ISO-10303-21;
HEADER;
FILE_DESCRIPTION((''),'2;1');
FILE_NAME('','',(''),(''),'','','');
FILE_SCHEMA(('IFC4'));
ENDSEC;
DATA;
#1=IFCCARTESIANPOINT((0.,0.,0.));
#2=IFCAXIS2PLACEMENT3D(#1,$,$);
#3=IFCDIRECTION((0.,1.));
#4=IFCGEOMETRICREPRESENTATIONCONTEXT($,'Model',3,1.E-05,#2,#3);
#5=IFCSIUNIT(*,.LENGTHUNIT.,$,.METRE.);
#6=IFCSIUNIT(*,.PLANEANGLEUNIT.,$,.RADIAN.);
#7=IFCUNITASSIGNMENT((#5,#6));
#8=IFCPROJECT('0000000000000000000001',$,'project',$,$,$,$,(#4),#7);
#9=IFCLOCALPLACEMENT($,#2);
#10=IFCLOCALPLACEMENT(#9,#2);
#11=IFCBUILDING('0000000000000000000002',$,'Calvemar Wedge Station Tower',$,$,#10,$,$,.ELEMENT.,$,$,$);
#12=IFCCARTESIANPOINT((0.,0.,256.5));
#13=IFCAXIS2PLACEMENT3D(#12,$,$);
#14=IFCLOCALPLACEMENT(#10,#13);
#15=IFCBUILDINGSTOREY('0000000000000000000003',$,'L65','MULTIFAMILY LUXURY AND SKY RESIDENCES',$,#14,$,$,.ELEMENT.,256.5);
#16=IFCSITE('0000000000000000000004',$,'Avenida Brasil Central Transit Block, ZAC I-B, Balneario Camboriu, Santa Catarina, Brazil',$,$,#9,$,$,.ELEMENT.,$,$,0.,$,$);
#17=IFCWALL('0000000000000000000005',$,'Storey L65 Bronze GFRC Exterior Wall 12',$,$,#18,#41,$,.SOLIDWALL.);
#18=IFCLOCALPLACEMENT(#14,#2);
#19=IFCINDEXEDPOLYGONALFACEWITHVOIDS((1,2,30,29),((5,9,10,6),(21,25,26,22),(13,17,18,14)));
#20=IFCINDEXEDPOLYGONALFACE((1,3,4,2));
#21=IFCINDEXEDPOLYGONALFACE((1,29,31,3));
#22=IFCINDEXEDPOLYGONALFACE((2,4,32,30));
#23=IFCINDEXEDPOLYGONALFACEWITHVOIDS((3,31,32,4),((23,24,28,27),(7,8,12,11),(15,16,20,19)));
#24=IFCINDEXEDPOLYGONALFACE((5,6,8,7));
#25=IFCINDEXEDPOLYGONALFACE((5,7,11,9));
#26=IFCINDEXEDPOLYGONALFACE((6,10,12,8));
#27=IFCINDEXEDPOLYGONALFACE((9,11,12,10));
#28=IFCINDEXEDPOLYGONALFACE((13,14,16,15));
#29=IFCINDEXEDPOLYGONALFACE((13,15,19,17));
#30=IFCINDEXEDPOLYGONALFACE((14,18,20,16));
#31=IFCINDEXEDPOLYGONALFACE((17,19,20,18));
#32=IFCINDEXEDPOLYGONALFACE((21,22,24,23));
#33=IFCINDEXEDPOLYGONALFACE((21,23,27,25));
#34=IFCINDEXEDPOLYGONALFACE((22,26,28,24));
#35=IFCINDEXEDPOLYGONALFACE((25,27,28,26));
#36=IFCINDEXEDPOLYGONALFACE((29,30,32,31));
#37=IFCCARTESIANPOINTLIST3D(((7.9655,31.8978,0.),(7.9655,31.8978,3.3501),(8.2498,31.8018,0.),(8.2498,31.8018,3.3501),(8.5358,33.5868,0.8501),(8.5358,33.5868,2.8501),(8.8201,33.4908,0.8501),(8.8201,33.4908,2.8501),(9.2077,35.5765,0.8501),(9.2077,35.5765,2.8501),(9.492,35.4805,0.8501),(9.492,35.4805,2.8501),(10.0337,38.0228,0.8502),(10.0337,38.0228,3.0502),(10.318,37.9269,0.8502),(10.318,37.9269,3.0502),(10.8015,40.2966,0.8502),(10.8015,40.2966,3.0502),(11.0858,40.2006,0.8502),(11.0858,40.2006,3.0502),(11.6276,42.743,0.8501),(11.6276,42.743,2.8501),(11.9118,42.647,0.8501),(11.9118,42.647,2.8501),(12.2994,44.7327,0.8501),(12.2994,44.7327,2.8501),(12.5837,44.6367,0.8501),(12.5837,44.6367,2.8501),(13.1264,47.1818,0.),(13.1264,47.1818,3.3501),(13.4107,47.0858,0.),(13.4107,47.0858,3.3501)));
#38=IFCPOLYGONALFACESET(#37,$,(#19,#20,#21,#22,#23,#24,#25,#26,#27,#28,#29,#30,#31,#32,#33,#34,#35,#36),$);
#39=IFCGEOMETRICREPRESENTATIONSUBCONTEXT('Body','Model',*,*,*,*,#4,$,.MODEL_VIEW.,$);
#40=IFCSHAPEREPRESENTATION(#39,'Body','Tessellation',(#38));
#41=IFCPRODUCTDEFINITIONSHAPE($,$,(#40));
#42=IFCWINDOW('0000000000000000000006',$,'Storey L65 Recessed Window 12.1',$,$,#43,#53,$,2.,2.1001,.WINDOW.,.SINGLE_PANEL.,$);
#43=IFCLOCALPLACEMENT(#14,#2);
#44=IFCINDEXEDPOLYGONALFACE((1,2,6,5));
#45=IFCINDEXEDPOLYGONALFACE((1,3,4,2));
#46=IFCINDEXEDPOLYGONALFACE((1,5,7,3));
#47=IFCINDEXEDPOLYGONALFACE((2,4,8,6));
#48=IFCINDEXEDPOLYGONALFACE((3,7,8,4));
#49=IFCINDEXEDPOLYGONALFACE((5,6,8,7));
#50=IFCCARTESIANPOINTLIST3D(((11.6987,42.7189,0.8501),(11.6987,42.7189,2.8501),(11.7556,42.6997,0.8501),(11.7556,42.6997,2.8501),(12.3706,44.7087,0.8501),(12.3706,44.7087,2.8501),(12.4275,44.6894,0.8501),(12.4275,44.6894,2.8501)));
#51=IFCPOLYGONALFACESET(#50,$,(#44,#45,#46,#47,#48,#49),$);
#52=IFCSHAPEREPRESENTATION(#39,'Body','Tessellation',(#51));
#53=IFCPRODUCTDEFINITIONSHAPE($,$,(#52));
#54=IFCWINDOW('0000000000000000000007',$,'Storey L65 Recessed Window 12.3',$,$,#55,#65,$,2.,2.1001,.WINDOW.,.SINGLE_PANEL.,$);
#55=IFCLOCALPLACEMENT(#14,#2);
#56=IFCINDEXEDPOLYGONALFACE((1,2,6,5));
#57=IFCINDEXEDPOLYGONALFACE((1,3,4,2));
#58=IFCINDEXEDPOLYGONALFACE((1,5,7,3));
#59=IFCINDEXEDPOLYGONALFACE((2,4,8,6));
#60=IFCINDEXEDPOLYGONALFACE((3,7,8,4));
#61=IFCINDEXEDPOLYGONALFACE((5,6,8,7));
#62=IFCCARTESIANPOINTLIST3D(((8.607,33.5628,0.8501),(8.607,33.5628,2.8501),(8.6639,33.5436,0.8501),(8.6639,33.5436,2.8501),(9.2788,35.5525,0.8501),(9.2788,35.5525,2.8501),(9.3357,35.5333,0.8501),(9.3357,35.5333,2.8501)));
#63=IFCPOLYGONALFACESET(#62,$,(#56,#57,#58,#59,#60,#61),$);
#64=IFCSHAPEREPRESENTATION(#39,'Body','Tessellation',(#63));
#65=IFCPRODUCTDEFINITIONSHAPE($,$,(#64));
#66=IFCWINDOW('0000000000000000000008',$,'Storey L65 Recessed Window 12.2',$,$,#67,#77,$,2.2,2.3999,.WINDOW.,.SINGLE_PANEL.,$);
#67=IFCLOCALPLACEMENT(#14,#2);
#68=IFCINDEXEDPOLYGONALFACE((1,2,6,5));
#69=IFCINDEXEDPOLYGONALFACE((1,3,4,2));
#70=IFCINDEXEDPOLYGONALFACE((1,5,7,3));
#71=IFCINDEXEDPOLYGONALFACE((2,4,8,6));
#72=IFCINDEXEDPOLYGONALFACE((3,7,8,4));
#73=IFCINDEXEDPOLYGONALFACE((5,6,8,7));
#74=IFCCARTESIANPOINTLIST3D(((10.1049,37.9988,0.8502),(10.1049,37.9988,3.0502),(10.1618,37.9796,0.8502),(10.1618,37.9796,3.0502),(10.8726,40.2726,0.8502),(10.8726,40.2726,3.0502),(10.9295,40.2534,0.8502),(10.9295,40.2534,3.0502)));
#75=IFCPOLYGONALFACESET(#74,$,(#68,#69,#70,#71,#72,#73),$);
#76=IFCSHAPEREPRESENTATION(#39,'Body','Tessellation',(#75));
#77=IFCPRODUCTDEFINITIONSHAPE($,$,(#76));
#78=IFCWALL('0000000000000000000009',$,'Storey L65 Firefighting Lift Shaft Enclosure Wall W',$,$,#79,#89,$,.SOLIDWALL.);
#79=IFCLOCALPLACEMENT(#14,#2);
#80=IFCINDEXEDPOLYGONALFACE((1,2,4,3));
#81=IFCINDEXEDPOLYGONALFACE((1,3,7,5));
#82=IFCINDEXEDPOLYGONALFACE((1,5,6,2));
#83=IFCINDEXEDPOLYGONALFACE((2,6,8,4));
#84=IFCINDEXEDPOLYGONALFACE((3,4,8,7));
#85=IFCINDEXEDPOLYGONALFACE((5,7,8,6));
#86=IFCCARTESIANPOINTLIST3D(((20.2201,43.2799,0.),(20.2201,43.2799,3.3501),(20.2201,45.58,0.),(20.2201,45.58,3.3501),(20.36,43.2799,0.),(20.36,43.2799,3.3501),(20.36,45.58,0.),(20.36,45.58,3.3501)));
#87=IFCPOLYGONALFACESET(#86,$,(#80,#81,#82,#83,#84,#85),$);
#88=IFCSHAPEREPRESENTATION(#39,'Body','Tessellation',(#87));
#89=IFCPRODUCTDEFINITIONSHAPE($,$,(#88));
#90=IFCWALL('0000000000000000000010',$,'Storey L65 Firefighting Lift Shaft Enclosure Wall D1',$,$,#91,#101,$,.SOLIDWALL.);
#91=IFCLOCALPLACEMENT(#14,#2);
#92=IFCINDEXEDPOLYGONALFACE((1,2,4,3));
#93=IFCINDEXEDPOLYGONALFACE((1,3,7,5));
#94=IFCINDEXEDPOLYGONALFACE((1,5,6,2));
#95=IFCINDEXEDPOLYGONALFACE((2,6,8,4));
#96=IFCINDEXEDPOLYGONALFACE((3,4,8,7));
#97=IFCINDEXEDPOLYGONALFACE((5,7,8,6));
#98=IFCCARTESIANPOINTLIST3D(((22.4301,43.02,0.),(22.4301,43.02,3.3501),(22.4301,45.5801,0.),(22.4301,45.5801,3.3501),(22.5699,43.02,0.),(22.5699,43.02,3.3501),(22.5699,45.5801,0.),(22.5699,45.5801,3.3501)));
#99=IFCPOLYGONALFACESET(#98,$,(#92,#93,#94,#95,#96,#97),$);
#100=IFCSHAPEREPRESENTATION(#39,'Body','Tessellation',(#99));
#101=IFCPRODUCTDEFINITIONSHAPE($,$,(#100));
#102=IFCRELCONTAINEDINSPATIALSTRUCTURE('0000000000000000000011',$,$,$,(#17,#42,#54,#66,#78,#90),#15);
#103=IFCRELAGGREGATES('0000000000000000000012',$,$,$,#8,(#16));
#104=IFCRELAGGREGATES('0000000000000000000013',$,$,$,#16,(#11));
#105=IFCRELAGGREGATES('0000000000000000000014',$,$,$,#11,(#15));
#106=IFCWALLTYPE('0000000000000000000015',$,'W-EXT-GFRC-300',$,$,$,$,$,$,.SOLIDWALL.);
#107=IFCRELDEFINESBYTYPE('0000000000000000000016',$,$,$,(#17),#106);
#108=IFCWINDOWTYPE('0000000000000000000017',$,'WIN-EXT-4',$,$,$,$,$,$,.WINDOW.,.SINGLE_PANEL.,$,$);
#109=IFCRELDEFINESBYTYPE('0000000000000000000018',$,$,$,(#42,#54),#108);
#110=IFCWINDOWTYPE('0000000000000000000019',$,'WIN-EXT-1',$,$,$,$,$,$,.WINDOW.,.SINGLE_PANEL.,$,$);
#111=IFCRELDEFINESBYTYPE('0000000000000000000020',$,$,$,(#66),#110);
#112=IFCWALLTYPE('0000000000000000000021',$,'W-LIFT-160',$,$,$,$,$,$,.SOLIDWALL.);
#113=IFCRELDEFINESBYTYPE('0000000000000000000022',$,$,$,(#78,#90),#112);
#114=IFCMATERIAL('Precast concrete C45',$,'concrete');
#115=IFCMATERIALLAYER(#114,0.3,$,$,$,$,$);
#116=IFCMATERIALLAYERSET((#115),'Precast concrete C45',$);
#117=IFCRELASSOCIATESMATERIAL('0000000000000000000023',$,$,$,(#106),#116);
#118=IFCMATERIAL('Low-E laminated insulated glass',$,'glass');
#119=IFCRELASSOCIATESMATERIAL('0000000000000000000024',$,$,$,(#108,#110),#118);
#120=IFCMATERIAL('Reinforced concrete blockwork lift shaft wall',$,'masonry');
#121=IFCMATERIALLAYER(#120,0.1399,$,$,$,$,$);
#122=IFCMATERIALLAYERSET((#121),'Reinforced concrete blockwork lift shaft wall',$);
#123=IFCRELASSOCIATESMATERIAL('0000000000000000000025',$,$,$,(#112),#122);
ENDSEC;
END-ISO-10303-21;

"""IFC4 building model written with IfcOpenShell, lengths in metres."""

from ifc_helpers import new_model, si_unit, direction, frame, frame_2d, origin, place, context, subcontext, project, spatial, rectangle, extrude, source, transform, mapped, material, layer, layer_set, type_object, element, fill, save


model = new_model("IFC4")

# Units and contexts
model_context = context("Model", 3, precision=1e-05, world=origin(), true_north=direction((0.0, 1.0)))
body_context = subcontext(model_context, "Body", "Model", "MODEL_VIEW")
ifc_project = project(units=[si_unit("LENGTHUNIT", "METRE"), si_unit("PLANEANGLEUNIT", "RADIAN")], contexts=[model_context])

# Site, building, storey
site_placement = place(None, origin())
site = spatial("IfcSite", under=ifc_project, at=site_placement, Name="Avenida Brasil Central Transit Block, ZAC I-B, Balneario Camboriu, Santa Catarina, Brazil", CompositionType="ELEMENT", RefElevation=0.0)
building_placement = place(site_placement, origin())
building = spatial("IfcBuilding", under=site, at=building_placement, Name="Calvemar Wedge Station Tower", CompositionType="ELEMENT")
storey_placement = place(building_placement, frame((0.0, 0.0, 256.5)))
storey = spatial("IfcBuildingStorey", under=building, at=storey_placement, Name="L65", Description="MULTIFAMILY LUXURY AND SKY RESIDENCES", CompositionType="ELEMENT", Elevation=256.5)

# Shared definitions
ifc_material_1 = material(Name="Precast concrete C45", Category="concrete")
ifc_layer_1 = layer(ifc_material_1, 0.3)
ifc_layer_set_1 = layer_set([ifc_layer_1], Name="Precast concrete C45")
wall_type_1 = type_object("IfcWallType", Name="W-EXT-GFRC-300", PredefinedType="SOLIDWALL", material=ifc_layer_set_1)

# Wall, openings, windows
shared_shape_1 = source(origin(), body_context, "Body", "SweptSolid", [
    extrude(rectangle(XDim=2.3999, YDim=2.2, at=frame_2d((1.2, 1.1001))), frame((0.0, 0.1602, 0.0), z_axis=(0.0, -1.0, 0.0), x_axis=(1.0, 0.0, 0.0)), (0.0, 0.0, 1.0), 0.3201),
])
shared_shape_2 = source(origin(), body_context, "Body", "SweptSolid", [
    extrude(rectangle(XDim=2.1001, YDim=2.0, at=frame_2d((1.05, 1.0))), frame((0.0, 0.1602, 0.0), z_axis=(0.0, -1.0, 0.0), x_axis=(1.0, 0.0, 0.0)), (0.0, 0.0, 1.0), 0.3201),
])
ifc_material_2 = material(Name="Low-E laminated insulated glass", Category="glass")
window_type_1 = type_object("IfcWindowType", Name="WIN-EXT-4", PartitioningType="SINGLE_PANEL", PredefinedType="WINDOW", material=ifc_material_2)
shared_shape_3 = source(origin(), body_context, "Body", "SweptSolid", [
    extrude(rectangle(XDim=2.1001, YDim=2.0, at=frame_2d((1.05, 1.0))), frame((0.0, -0.0149, 0.0), z_axis=(0.0, -1.0, 0.0), x_axis=(1.0, 0.0, 0.0)), (0.0, 0.0, 1.0), 0.0601),
])
window_type_2 = type_object("IfcWindowType", Name="WIN-EXT-1", PartitioningType="SINGLE_PANEL", PredefinedType="WINDOW", material=ifc_material_2)
shared_shape_4 = source(origin(), body_context, "Body", "SweptSolid", [
    extrude(rectangle(XDim=2.3999, YDim=2.2, at=frame_2d((1.2, 1.1001))), frame((0.0, -0.0149, 0.0), z_axis=(0.0, -1.0, 0.0), x_axis=(1.0, 0.0, 0.0)), (0.0, 0.0, 1.0), 0.0601),
])
wall_1_placement = place(storey_placement, frame((13.2686, 47.1338, 0.0), z_axis=(0.0, 0.0, 1.0), x_axis=(-0.319921, -0.947444, 0.0)))
wall_1 = element("IfcWall", 1, at=wall_1_placement, inside=storey, type_object=wall_type_1, Name="Storey L65 Bronze GFRC Exterior Wall 12", PredefinedType="SOLIDWALL", context=body_context, shape_type="SweptSolid", body=[
    extrude(rectangle(XDim=16.1318, YDim=0.3, at=frame_2d((8.0659, 0.0))), origin(), (0.0, 0.0, 1.0), 3.3501),
])
opening_1_placement = place(wall_1_placement, frame((2.585, 0.0, 0.8501)))
opening_1 = element("IfcOpeningElement", 2, at=opening_1_placement, cuts=wall_1, PredefinedType="OPENING", context=body_context, shape_type="MappedRepresentation", body=[
    mapped(shared_shape_2, transform((0.0, 0.0, 0.0), scale=1.0)),
])
opening_2_placement = place(wall_1_placement, frame((7.2671, 0.0, 0.8501)))
opening_2 = element("IfcOpeningElement", 3, at=opening_2_placement, cuts=wall_1, PredefinedType="OPENING", context=body_context, shape_type="MappedRepresentation", body=[
    mapped(shared_shape_1, transform((0.0, 0.0, 0.0), scale=1.0)),
])
opening_3_placement = place(wall_1_placement, frame((12.249, 0.0, 0.8501)))
opening_3 = element("IfcOpeningElement", 4, at=opening_3_placement, cuts=wall_1, PredefinedType="OPENING", context=body_context, shape_type="MappedRepresentation", body=[
    mapped(shared_shape_2, transform((0.0, 0.0, 0.0), scale=1.0)),
])
window_1_placement = place(opening_1_placement, origin())
window_1 = element("IfcWindow", 5, at=window_1_placement, inside=storey, type_object=window_type_1, Name="Storey L65 Recessed Window 12.1", OverallHeight=2.0, OverallWidth=2.1001, PartitioningType="SINGLE_PANEL", PredefinedType="WINDOW", context=body_context, shape_type="MappedRepresentation", body=[
    mapped(shared_shape_3, transform((0.0, 0.0, 0.0), scale=1.0)),
])
fill(opening_1, window_1)
window_2_placement = place(opening_3_placement, origin())
window_2 = element("IfcWindow", 6, at=window_2_placement, inside=storey, type_object=window_type_1, Name="Storey L65 Recessed Window 12.3", OverallHeight=2.0, OverallWidth=2.1001, PartitioningType="SINGLE_PANEL", PredefinedType="WINDOW", context=body_context, shape_type="MappedRepresentation", body=[
    mapped(shared_shape_3, transform((0.0, 0.0, 0.0), scale=1.0)),
])
fill(opening_3, window_2)
window_3_placement = place(opening_2_placement, origin())
window_3 = element("IfcWindow", 7, at=window_3_placement, inside=storey, type_object=window_type_2, Name="Storey L65 Recessed Window 12.2", OverallHeight=2.2, OverallWidth=2.3999, PartitioningType="SINGLE_PANEL", PredefinedType="WINDOW", context=body_context, shape_type="MappedRepresentation", body=[
    mapped(shared_shape_4, transform((0.0, 0.0, 0.0), scale=1.0)),
])
fill(opening_2, window_3)

# Shared definitions
ifc_material_3 = material(Name="Reinforced concrete blockwork lift shaft wall", Category="masonry")
ifc_layer_2 = layer(ifc_material_3, 0.1399)
ifc_layer_set_2 = layer_set([ifc_layer_2], Name="Reinforced concrete blockwork lift shaft wall")
wall_type_2 = type_object("IfcWallType", Name="W-LIFT-160", PredefinedType="SOLIDWALL", material=ifc_layer_set_2)

# Walls
wall_2_placement = place(storey_placement, frame((20.29, 43.28, 0.0), z_axis=(0.0, 0.0, 1.0), x_axis=(0.0, 1.0, 0.0)))
element("IfcWall", 8, at=wall_2_placement, inside=storey, type_object=wall_type_2, Name="Storey L65 Firefighting Lift Shaft Enclosure Wall W", PredefinedType="SOLIDWALL", context=body_context, shape_type="SweptSolid", body=[
    extrude(rectangle(XDim=2.3, YDim=0.1399, at=frame_2d((1.1499, 0.0))), origin(), (0.0, 0.0, 1.0), 3.3501),
])
wall_3_placement = place(storey_placement, frame((22.5, 43.02, 0.0), z_axis=(0.0, 0.0, 1.0), x_axis=(0.0, 1.0, 0.0)))
element("IfcWall", 9, at=wall_3_placement, inside=storey, type_object=wall_type_2, Name="Storey L65 Firefighting Lift Shaft Enclosure Wall D1", PredefinedType="SOLIDWALL", context=body_context, shape_type="SweptSolid", body=[
    extrude(rectangle(XDim=2.5601, YDim=0.1399, at=frame_2d((1.28, 0.0))), origin(), (0.0, 0.0, 1.0), 3.3501),
])

save(model, "model.ifc")
